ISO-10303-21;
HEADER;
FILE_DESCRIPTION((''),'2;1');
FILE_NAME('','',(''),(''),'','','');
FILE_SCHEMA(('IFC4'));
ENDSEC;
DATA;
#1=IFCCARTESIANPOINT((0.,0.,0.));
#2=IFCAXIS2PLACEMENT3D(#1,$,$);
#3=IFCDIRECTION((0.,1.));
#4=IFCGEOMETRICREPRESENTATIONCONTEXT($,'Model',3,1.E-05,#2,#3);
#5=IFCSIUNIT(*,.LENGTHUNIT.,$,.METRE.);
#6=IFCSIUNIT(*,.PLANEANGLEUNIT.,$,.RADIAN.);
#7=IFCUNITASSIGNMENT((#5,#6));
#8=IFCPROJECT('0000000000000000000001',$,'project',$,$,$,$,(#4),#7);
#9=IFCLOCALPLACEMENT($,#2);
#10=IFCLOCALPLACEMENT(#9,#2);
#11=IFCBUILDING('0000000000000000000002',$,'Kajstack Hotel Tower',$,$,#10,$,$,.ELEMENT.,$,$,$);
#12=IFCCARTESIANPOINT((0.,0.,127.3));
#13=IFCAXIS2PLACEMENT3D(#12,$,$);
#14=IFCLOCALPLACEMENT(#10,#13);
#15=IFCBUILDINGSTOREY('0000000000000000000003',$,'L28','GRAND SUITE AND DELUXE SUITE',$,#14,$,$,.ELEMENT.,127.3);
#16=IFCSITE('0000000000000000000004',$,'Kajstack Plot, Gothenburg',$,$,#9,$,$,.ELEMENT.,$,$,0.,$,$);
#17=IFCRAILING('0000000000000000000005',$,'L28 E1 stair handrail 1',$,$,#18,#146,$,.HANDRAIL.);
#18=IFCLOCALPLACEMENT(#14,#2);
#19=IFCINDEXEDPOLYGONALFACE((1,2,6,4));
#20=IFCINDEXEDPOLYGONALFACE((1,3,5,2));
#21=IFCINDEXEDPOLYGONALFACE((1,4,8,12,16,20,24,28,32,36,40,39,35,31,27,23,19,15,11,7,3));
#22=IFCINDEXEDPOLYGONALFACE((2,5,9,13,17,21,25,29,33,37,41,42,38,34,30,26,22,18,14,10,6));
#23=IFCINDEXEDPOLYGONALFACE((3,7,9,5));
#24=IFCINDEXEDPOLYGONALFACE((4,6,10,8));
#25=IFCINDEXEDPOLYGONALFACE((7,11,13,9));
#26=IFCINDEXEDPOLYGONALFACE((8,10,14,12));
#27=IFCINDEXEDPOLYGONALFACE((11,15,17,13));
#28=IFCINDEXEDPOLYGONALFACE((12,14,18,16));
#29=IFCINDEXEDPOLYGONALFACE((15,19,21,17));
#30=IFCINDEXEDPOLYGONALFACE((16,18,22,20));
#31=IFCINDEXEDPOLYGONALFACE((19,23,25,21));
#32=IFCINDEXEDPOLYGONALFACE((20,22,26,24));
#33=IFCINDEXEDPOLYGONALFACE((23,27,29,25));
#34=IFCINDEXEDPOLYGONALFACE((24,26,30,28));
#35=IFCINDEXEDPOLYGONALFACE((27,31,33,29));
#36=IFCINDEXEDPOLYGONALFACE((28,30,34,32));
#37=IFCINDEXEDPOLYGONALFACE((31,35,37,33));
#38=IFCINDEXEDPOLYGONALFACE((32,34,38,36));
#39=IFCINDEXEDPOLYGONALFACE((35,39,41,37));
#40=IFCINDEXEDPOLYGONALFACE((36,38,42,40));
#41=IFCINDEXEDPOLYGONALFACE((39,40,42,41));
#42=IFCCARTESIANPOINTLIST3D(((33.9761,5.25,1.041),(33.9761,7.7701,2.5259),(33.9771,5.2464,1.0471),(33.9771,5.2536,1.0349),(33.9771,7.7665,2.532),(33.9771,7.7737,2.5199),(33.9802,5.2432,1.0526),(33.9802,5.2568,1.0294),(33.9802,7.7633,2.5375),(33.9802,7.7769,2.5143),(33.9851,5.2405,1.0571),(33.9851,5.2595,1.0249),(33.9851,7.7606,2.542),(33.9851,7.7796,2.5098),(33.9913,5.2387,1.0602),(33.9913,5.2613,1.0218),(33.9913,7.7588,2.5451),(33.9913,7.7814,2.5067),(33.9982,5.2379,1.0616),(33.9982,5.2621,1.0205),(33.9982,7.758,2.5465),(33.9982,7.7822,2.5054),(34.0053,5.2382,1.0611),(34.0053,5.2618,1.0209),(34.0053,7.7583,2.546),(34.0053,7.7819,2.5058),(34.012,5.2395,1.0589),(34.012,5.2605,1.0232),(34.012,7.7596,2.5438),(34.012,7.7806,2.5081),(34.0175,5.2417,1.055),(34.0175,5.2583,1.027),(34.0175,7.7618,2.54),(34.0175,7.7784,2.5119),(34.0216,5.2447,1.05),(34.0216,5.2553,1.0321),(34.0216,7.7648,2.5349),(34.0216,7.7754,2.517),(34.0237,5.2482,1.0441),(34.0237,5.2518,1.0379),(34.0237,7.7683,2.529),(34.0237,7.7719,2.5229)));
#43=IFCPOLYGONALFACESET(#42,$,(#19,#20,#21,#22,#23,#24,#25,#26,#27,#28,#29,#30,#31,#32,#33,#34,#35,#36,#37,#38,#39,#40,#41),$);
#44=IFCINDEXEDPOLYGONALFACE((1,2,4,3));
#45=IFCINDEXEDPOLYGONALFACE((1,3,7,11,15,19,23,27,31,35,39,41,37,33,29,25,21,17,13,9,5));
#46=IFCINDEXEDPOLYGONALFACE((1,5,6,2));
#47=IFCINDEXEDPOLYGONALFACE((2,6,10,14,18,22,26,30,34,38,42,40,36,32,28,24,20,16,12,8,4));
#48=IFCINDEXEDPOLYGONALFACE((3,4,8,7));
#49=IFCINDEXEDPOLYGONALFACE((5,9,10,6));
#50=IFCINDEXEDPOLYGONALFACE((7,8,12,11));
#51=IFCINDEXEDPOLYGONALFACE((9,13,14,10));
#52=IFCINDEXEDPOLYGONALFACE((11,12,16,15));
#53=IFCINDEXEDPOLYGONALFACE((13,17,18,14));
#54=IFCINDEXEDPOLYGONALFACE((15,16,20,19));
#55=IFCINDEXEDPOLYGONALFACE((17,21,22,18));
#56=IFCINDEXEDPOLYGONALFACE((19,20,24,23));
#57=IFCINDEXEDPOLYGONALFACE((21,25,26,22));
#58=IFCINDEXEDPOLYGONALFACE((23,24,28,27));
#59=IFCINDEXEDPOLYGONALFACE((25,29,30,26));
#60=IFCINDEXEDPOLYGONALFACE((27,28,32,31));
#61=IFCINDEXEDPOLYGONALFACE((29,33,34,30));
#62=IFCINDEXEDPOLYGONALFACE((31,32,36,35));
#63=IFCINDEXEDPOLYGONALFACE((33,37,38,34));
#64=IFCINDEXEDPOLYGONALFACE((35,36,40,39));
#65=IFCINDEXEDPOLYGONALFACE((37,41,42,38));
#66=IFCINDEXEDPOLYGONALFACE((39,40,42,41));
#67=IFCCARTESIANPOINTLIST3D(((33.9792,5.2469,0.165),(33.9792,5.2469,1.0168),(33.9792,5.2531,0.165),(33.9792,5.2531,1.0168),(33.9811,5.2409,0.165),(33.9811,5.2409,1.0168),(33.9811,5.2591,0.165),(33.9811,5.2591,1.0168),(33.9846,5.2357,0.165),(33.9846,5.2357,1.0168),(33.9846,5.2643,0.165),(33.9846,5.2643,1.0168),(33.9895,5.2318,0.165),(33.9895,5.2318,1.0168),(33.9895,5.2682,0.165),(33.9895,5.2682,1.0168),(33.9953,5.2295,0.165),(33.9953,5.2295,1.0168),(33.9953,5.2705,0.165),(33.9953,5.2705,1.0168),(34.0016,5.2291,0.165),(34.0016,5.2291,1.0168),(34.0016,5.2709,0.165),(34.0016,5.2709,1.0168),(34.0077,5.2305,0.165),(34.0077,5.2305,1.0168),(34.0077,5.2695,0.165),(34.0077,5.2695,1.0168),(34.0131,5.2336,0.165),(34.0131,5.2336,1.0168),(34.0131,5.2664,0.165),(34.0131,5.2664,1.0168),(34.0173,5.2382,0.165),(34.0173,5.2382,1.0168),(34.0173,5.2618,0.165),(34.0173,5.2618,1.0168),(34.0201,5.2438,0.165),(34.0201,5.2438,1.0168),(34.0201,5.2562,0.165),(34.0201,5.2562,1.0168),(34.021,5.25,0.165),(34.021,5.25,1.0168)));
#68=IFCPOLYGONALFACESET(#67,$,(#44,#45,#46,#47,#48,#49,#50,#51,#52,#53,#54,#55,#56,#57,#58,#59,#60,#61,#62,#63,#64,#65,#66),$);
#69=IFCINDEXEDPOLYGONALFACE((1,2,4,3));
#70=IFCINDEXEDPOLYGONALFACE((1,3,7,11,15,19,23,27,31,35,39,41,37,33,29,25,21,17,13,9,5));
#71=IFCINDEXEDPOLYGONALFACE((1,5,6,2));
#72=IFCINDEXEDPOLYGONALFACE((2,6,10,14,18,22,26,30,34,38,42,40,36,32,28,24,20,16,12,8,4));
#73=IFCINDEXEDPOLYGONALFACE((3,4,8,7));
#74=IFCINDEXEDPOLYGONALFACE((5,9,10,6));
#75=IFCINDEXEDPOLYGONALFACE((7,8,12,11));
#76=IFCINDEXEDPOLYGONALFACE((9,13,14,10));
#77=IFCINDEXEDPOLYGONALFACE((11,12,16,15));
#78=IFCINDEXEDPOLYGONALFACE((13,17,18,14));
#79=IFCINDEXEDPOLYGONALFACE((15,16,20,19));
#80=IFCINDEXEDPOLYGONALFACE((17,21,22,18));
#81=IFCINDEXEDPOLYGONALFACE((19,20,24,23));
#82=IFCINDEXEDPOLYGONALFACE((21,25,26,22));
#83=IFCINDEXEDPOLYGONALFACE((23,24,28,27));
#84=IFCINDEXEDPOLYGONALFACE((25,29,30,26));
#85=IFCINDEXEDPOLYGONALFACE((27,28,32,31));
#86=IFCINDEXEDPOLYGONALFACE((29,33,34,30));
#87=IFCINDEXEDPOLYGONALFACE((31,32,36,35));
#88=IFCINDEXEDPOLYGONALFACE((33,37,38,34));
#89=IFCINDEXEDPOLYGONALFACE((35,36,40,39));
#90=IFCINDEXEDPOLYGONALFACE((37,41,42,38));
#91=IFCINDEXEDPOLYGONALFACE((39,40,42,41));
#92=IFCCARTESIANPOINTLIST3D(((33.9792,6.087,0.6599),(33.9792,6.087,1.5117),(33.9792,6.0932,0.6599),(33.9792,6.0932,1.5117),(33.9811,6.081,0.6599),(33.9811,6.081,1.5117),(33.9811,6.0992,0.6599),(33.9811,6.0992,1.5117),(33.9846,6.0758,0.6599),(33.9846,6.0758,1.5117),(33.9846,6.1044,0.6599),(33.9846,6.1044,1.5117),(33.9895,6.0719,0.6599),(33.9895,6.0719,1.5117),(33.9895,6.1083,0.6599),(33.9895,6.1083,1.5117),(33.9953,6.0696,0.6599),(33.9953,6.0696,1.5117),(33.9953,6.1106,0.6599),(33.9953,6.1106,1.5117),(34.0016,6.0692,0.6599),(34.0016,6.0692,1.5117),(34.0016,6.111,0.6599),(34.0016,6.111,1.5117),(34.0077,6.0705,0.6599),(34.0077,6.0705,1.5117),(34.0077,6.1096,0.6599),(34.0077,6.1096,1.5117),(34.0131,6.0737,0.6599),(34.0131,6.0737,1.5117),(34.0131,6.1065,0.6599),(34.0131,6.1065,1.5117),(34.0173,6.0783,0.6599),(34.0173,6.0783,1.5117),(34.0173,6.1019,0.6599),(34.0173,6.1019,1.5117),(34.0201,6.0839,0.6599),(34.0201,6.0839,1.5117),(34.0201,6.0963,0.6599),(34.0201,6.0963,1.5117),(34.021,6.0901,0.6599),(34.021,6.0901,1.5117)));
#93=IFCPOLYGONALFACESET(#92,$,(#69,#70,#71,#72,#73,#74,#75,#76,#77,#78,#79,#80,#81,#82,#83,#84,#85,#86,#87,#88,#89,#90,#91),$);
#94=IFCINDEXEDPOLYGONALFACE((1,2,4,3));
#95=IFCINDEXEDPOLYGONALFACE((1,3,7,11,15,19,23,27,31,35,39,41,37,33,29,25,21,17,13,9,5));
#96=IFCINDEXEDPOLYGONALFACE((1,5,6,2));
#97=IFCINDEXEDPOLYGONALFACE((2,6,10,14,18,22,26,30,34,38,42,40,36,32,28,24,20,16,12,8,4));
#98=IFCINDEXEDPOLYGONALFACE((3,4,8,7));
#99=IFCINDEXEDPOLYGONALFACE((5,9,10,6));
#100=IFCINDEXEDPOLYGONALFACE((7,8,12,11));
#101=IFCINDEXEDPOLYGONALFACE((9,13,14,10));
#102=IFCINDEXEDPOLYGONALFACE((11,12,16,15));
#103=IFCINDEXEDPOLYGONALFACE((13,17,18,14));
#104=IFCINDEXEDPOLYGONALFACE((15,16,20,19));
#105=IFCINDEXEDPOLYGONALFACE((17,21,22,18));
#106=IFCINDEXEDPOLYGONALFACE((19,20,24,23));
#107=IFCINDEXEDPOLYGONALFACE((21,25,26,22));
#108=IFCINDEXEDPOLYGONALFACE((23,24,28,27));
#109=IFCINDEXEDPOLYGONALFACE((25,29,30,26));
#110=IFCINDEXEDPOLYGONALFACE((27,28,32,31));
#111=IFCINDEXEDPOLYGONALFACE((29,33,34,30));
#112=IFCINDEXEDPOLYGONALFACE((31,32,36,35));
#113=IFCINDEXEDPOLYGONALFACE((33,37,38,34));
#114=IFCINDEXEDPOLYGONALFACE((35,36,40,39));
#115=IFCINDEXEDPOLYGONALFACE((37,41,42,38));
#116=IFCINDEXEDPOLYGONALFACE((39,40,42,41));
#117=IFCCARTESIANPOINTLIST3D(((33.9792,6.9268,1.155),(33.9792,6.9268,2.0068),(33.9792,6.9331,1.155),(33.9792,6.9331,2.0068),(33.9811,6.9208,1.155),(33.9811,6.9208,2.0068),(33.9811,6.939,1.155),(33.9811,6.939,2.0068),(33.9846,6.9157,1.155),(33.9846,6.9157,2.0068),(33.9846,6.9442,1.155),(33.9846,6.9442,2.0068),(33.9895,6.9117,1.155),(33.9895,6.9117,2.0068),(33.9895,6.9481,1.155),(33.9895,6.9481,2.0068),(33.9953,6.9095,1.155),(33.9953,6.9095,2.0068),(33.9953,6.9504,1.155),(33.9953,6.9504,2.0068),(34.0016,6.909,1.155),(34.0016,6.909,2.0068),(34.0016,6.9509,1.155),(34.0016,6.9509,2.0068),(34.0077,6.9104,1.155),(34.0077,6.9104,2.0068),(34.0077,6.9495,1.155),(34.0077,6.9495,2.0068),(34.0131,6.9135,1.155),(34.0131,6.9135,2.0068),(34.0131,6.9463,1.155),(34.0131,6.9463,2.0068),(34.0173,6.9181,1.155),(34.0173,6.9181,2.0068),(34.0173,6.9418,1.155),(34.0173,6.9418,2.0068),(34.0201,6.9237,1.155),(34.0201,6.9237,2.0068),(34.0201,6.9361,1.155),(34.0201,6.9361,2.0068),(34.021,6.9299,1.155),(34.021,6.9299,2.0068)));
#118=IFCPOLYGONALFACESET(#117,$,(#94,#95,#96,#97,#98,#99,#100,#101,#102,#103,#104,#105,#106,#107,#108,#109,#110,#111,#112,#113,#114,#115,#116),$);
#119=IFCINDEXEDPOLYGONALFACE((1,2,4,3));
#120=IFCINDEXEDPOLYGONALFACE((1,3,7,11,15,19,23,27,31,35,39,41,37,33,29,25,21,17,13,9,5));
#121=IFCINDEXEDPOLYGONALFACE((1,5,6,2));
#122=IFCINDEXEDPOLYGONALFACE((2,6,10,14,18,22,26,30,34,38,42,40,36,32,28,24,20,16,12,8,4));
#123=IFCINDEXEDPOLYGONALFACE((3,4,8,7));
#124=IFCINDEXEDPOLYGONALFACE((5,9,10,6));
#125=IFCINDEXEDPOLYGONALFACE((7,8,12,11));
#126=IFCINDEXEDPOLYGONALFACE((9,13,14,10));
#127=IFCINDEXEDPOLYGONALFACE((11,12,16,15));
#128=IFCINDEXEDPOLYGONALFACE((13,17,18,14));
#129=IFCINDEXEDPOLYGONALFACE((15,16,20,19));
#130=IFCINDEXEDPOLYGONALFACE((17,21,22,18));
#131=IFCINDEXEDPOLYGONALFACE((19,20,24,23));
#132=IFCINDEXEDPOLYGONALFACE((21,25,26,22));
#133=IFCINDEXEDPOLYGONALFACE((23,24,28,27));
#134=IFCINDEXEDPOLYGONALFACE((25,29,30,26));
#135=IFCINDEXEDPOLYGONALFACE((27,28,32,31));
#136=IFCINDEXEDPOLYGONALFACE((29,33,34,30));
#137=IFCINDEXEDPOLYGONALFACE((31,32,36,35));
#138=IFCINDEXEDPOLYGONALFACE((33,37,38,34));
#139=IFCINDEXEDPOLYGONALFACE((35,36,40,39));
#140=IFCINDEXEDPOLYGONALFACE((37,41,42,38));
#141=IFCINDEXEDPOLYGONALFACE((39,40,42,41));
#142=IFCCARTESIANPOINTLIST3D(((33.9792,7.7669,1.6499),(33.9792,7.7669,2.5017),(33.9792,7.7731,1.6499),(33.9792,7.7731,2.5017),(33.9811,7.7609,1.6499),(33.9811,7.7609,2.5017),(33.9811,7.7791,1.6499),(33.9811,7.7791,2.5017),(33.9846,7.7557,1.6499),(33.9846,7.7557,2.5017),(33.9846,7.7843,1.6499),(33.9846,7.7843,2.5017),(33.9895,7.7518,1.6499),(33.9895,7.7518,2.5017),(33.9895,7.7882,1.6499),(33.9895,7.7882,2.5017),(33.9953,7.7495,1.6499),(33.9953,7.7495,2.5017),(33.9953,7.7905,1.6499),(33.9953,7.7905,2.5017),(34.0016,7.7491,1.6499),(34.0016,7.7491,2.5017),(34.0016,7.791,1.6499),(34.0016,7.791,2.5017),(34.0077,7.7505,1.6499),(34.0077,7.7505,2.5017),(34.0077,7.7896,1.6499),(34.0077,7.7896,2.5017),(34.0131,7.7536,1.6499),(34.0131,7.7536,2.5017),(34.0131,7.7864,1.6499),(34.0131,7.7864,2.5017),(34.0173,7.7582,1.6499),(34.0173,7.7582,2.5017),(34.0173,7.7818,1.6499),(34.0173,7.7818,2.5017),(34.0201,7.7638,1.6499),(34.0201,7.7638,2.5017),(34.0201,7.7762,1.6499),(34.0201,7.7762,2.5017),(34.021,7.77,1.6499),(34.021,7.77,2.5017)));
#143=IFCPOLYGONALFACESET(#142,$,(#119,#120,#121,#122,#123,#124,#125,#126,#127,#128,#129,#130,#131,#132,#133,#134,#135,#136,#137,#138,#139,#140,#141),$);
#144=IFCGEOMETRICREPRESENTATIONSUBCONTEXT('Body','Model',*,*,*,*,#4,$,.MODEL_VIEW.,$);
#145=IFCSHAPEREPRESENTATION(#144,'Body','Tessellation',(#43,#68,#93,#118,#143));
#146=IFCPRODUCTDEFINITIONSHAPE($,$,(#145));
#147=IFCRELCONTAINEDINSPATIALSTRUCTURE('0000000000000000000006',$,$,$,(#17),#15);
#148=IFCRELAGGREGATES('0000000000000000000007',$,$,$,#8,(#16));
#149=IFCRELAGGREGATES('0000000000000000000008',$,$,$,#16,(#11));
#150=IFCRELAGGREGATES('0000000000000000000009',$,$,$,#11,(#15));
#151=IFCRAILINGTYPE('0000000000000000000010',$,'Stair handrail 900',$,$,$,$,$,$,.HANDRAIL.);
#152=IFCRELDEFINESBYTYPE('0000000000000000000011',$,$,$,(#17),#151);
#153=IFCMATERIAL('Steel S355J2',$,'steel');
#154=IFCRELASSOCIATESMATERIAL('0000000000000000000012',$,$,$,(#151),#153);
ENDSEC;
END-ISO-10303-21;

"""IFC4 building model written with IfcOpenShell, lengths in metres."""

from ifc_helpers import new_model, si_unit, direction, frame, origin, origin_2d, place, context, subcontext, project, spatial, circle, extrude, material, type_object, element, save


model = new_model("IFC4")

# Units and contexts
model_context = context("Model", 3, precision=1e-05, world=origin(), true_north=direction((0.0, 1.0)))
body_context = subcontext(model_context, "Body", "Model", "MODEL_VIEW")
ifc_project = project(units=[si_unit("LENGTHUNIT", "METRE"), si_unit("PLANEANGLEUNIT", "RADIAN")], contexts=[model_context])

# Site, building, storey
site_placement = place(None, origin())
site = spatial("IfcSite", under=ifc_project, at=site_placement, Name="Kajstack Plot, Gothenburg", CompositionType="ELEMENT", RefElevation=0.0)
building_placement = place(site_placement, origin())
building = spatial("IfcBuilding", under=site, at=building_placement, Name="Kajstack Hotel Tower", CompositionType="ELEMENT")
storey_placement = place(building_placement, frame((0.0, 0.0, 127.3)))
storey = spatial("IfcBuildingStorey", under=building, at=storey_placement, Name="L28", Description="GRAND SUITE AND DELUXE SUITE", CompositionType="ELEMENT", Elevation=127.3)

# Railing
ifc_material_1 = material(Name="Steel S355J2", Category="steel")
railing_type_1 = type_object("IfcRailingType", Name="Stair handrail 900", PredefinedType="HANDRAIL", material=ifc_material_1)
railing_1_placement = place(storey_placement, frame((34.0, 5.25, 0.165)))
element("IfcRailing", 1, at=railing_1_placement, inside=storey, type_object=railing_type_1, Name="L28 E1 stair handrail 1", PredefinedType="HANDRAIL", context=body_context, shape_type="SweptSolid", body=[
    extrude(circle(Radius=0.0239, at=origin_2d()), frame((0.0, 0.0, 0.876), z_axis=(0.0, 0.861561, 0.507655), x_axis=(-1.0, 0.0, 0.0)), (0.0, 0.0, 1.0), 2.925),
    extrude(circle(Radius=0.021, at=origin_2d()), origin(), (0.0, 0.0, 1.0), 0.8518),
    extrude(circle(Radius=0.021, at=origin_2d()), frame((0.0, 0.8401, 0.4949)), (0.0, 0.0, 1.0), 0.8518),
    extrude(circle(Radius=0.021, at=origin_2d()), frame((0.0, 1.6799, 0.99)), (0.0, 0.0, 1.0), 0.8518),
    extrude(circle(Radius=0.021, at=origin_2d()), frame((0.0, 2.52, 1.4849)), (0.0, 0.0, 1.0), 0.8518),
])

save(model, "model.ifc")
